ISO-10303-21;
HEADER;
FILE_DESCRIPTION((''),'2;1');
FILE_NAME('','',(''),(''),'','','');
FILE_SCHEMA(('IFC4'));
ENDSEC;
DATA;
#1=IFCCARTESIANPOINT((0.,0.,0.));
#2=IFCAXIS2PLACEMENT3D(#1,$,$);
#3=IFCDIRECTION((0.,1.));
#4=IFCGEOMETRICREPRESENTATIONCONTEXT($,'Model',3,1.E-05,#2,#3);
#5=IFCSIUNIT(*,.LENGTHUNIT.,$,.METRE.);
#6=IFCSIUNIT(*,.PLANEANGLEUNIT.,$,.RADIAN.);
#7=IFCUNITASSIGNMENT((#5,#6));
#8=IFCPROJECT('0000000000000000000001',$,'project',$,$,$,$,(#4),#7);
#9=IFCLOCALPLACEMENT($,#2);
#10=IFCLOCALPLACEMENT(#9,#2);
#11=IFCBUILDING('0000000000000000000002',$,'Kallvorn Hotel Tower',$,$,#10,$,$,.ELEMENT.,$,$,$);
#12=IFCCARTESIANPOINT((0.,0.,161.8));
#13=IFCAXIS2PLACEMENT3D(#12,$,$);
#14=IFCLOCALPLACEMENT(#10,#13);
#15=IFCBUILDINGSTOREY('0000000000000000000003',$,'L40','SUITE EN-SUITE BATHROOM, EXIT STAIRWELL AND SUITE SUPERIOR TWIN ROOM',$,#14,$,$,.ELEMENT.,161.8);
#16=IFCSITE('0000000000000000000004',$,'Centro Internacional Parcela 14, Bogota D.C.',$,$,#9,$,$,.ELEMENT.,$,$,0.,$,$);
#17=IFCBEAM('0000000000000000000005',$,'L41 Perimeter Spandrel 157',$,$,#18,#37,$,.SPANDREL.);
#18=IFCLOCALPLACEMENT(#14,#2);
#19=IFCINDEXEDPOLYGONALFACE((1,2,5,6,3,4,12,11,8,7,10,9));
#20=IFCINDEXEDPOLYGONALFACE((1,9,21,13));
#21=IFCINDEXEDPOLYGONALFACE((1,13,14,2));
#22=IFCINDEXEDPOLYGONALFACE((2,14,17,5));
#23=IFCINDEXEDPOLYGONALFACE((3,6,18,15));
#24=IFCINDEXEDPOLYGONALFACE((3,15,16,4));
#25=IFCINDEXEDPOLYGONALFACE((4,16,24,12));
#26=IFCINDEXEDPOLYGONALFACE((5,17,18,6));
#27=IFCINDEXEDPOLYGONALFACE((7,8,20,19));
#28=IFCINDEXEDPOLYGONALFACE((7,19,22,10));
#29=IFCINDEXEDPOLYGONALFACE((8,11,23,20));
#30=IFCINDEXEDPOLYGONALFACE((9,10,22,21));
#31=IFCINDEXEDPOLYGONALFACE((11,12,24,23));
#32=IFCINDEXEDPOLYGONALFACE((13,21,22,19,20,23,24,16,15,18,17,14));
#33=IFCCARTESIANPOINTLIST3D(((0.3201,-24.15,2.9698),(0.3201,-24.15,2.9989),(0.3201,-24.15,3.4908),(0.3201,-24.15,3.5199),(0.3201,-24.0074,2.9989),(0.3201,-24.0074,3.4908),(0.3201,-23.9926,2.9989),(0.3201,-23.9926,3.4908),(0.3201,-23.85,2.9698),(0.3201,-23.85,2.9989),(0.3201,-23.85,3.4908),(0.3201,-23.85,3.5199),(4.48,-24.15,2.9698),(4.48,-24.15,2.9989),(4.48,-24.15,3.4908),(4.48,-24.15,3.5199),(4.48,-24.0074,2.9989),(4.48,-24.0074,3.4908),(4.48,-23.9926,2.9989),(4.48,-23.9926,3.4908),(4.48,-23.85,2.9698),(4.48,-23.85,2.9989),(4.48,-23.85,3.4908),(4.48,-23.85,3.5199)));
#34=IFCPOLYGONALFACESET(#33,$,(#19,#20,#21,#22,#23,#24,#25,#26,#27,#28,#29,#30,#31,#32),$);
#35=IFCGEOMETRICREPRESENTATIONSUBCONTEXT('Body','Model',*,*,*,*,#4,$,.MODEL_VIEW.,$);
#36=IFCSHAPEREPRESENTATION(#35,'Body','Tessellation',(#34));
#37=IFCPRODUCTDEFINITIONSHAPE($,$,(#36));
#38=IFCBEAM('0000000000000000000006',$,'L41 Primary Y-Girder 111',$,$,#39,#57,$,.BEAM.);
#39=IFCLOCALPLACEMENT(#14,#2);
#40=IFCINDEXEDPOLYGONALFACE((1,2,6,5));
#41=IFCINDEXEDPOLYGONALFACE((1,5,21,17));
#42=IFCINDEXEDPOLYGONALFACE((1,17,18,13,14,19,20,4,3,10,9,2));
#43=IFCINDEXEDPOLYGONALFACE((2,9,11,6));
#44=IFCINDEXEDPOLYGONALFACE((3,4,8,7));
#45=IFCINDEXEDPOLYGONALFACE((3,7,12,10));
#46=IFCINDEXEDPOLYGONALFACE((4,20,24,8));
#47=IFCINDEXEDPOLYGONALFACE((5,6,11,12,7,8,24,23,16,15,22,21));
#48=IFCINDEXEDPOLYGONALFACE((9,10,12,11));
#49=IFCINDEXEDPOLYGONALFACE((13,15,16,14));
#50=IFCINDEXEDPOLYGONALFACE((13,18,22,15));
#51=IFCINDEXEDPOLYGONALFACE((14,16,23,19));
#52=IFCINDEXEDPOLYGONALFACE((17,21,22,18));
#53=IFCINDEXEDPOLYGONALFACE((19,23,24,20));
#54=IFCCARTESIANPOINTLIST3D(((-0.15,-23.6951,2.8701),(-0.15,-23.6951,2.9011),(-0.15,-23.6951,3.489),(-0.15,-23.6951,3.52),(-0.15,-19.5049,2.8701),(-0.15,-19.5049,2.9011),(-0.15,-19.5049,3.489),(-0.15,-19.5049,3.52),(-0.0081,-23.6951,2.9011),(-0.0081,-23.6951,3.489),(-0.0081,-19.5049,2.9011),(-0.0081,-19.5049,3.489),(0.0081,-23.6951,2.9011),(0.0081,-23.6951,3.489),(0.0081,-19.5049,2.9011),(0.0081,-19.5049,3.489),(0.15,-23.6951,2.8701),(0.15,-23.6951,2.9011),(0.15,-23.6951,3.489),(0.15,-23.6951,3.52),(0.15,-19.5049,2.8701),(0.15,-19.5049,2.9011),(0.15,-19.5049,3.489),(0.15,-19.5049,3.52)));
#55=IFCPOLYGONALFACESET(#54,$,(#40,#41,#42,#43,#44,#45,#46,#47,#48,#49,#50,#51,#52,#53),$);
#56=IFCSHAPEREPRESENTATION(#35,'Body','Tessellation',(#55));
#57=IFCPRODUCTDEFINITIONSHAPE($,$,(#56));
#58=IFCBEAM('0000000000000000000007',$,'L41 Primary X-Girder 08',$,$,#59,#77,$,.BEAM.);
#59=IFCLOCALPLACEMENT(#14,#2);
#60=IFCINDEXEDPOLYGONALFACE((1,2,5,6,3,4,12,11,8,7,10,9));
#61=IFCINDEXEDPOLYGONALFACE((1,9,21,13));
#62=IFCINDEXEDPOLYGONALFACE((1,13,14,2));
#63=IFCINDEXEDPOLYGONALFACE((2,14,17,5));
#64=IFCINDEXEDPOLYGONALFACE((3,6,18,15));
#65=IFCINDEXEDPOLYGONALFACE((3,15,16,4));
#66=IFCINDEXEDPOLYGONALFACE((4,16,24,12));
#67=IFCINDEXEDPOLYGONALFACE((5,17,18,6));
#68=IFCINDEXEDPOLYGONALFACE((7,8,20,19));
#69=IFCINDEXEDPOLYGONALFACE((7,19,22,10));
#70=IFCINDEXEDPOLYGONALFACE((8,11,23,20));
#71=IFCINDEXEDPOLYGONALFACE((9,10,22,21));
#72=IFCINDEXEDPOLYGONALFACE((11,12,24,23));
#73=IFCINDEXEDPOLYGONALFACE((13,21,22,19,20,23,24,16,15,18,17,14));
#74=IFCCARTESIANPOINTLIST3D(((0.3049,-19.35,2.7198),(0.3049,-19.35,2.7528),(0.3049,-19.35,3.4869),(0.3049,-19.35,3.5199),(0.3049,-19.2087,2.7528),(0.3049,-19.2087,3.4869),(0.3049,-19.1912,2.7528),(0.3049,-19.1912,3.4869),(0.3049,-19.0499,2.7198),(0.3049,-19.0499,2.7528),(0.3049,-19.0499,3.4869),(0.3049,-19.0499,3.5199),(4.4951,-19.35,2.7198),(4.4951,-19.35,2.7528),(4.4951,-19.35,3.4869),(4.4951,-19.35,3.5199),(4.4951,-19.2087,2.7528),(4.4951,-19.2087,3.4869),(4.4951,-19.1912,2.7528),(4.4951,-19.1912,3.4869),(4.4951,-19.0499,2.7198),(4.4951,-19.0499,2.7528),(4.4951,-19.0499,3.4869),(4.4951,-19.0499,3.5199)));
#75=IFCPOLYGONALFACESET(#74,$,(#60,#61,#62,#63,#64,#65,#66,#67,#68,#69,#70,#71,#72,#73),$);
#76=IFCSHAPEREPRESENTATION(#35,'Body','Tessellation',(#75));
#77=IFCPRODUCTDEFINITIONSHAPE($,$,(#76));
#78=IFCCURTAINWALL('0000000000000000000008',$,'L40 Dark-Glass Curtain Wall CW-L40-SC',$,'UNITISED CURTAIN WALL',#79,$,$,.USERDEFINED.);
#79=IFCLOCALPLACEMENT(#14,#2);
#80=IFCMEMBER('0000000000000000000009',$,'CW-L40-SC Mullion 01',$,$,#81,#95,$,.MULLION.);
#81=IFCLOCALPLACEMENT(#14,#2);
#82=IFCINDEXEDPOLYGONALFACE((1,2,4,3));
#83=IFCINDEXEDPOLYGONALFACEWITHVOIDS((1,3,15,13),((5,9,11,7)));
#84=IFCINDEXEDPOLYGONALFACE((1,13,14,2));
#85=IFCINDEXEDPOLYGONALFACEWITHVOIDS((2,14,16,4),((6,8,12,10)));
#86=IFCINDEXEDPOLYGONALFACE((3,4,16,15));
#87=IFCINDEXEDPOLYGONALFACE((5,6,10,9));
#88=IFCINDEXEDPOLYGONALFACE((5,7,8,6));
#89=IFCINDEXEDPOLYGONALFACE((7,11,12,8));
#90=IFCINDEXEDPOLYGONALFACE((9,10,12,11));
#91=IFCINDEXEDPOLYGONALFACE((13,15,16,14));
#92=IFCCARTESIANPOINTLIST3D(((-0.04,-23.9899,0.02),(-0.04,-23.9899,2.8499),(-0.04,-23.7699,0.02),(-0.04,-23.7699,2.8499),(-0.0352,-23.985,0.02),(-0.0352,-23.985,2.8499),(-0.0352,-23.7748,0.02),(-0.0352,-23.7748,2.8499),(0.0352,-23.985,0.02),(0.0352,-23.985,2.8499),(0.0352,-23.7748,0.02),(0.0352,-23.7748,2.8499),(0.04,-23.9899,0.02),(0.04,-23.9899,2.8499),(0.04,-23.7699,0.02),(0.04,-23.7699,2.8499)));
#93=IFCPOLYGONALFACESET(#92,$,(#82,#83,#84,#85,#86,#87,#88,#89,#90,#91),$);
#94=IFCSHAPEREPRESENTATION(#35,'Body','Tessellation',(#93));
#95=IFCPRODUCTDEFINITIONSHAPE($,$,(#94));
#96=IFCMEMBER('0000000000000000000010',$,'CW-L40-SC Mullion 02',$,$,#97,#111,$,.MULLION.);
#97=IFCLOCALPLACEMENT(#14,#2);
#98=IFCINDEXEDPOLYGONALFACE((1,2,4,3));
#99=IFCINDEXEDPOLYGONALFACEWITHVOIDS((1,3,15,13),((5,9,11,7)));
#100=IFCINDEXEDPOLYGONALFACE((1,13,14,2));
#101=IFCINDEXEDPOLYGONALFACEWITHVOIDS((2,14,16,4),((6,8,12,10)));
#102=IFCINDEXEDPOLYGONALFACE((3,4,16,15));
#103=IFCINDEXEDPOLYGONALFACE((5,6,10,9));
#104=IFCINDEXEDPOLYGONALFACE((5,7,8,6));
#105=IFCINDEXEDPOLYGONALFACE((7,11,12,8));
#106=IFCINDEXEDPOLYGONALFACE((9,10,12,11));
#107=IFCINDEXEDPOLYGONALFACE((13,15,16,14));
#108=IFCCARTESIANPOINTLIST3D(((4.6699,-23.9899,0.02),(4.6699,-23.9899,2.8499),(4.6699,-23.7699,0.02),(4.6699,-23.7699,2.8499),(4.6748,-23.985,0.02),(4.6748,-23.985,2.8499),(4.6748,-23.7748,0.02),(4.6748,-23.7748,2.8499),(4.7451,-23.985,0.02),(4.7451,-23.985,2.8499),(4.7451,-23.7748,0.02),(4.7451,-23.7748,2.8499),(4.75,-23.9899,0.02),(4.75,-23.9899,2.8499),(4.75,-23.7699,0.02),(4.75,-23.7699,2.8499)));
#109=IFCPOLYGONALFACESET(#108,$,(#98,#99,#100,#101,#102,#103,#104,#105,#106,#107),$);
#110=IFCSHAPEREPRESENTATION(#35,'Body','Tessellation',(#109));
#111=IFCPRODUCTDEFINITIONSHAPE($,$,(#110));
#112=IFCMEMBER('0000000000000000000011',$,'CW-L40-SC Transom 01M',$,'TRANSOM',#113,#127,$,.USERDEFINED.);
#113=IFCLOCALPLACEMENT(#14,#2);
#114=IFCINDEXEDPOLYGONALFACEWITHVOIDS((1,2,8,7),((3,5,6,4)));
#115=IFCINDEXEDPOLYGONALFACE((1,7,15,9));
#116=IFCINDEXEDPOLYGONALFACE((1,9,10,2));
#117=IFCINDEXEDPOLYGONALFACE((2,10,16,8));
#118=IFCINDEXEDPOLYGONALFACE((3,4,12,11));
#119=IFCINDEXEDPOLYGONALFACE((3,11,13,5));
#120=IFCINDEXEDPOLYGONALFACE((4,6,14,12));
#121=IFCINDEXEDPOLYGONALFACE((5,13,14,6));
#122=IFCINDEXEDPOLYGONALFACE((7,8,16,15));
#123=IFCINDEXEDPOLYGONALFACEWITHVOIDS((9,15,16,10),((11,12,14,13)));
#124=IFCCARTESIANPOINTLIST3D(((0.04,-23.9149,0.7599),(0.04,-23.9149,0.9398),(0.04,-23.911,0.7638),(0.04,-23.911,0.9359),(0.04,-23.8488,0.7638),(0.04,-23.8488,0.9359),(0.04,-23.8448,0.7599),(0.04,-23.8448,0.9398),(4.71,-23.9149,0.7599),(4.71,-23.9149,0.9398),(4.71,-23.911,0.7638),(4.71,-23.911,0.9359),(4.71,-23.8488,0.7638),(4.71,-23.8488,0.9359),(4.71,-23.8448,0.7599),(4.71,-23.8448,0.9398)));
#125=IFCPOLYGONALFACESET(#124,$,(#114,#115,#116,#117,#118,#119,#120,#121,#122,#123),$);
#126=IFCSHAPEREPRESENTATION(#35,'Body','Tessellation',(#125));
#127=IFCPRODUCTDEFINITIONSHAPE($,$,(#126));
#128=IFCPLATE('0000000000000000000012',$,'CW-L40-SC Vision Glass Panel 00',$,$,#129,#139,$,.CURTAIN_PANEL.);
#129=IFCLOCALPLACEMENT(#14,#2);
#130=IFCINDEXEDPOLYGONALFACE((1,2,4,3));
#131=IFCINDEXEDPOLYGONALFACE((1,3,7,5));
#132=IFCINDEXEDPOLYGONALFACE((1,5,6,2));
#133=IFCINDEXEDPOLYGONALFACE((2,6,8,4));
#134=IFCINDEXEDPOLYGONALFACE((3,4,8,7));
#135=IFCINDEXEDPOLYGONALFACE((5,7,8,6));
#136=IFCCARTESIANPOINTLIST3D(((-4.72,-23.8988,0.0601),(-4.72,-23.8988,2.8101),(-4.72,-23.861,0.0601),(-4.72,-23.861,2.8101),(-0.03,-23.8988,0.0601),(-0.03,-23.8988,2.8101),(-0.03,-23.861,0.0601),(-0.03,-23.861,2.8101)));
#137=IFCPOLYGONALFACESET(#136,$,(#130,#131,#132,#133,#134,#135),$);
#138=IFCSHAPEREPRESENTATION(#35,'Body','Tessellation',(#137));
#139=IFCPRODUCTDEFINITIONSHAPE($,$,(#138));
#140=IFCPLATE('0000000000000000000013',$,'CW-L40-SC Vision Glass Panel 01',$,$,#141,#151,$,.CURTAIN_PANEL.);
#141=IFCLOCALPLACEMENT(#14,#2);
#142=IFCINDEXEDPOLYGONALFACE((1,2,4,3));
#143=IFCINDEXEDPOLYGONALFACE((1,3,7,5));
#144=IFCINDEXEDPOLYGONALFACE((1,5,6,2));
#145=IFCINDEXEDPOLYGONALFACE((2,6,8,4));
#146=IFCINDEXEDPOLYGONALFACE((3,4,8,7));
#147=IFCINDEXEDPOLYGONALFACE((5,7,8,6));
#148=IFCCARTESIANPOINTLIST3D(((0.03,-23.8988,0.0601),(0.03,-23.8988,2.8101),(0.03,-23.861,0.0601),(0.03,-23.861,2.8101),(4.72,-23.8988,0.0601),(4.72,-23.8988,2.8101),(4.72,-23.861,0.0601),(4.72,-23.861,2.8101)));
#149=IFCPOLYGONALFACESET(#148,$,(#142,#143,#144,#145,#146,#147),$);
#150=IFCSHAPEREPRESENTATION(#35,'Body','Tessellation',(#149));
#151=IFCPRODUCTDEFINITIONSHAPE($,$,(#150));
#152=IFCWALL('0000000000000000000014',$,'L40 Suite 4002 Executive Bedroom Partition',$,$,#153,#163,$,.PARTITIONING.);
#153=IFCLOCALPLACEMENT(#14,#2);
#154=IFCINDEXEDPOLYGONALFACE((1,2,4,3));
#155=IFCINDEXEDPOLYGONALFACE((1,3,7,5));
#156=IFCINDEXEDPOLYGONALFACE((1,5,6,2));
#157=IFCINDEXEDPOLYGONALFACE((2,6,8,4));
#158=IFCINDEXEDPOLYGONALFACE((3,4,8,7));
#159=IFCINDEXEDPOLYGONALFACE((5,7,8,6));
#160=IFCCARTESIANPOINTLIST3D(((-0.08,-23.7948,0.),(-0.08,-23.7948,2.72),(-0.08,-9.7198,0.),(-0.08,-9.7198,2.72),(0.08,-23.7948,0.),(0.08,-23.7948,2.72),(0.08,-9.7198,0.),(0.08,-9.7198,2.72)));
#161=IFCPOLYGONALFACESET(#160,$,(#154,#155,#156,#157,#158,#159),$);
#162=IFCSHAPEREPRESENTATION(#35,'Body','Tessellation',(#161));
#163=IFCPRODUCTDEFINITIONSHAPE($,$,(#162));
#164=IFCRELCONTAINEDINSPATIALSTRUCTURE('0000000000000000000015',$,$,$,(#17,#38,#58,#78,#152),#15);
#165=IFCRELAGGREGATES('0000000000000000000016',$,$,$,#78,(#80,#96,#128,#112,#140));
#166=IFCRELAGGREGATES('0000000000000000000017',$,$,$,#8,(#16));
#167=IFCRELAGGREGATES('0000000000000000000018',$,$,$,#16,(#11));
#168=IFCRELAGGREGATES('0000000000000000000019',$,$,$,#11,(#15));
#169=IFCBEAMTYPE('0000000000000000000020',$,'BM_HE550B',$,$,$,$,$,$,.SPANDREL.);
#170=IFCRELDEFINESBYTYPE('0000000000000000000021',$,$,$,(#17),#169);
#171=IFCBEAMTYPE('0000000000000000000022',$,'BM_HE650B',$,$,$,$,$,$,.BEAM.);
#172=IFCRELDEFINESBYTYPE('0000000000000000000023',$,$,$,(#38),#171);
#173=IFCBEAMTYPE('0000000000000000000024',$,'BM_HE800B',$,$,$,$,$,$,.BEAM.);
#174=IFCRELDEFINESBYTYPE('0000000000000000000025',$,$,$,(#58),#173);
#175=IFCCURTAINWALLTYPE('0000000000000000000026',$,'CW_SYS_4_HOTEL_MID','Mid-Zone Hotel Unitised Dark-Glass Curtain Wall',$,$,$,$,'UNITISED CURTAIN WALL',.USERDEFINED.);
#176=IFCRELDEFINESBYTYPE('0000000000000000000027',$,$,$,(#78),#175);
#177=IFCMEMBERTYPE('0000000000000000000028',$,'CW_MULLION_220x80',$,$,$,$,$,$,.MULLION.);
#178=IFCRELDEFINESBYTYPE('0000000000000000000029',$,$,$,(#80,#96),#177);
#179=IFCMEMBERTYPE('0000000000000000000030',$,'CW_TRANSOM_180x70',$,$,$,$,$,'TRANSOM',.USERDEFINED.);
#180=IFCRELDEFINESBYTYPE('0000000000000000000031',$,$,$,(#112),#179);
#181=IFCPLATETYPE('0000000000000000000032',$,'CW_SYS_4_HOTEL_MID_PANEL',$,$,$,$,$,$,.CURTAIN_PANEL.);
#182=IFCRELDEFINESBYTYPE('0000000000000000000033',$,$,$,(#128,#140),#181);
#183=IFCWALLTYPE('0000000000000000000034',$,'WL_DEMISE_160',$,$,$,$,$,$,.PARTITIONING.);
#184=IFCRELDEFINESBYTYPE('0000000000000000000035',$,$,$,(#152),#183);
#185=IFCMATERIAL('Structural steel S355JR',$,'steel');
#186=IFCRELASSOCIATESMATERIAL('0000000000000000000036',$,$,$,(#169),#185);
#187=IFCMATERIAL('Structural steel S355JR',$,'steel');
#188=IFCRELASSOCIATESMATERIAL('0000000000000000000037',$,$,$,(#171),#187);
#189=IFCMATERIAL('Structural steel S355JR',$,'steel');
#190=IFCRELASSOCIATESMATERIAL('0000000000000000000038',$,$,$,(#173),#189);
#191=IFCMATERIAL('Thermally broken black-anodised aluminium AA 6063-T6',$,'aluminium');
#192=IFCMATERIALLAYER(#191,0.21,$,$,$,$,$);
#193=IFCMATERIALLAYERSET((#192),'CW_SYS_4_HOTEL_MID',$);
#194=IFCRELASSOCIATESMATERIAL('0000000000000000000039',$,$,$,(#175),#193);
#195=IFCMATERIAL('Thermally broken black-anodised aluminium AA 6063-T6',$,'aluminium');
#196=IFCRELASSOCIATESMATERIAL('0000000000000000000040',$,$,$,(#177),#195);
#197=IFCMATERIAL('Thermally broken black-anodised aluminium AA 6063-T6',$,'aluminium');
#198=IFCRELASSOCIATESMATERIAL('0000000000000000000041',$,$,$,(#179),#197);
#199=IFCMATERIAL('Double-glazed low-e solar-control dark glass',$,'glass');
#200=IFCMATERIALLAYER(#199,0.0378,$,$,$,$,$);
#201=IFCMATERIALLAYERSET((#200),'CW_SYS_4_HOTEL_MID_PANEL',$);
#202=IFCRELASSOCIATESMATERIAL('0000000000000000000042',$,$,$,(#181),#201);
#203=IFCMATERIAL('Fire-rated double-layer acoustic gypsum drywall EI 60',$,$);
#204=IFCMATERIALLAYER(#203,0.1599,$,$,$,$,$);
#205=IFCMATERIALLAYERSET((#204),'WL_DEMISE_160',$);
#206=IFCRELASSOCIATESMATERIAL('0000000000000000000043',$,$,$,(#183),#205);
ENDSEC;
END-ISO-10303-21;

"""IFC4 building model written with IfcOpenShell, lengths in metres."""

from ifc_helpers import new_model, si_unit, direction, frame, frame_2d, origin, origin_2d, place, context, subcontext, project, spatial, rectangle, hollow_rectangle, i_section, extrude, material, layer, layer_set, material_profile, profile_set, type_object, element, aggregate, save


model = new_model("IFC4")

# Units and contexts
model_context = context("Model", 3, precision=1e-05, world=origin(), true_north=direction((0.0, 1.0)))
body_context = subcontext(model_context, "Body", "Model", "MODEL_VIEW")
ifc_project = project(units=[si_unit("LENGTHUNIT", "METRE"), si_unit("PLANEANGLEUNIT", "RADIAN")], contexts=[model_context])

# Site, building, storey
site_placement = place(None, origin())
site = spatial("IfcSite", under=ifc_project, at=site_placement, Name="Centro Internacional Parcela 14, Bogota D.C.", CompositionType="ELEMENT", RefElevation=0.0)
building_placement = place(site_placement, origin())
building = spatial("IfcBuilding", under=site, at=building_placement, Name="Kallvorn Hotel Tower", CompositionType="ELEMENT")
storey_placement = place(building_placement, frame((0.0, 0.0, 161.8)))
storey = spatial("IfcBuildingStorey", under=building, at=storey_placement, Name="L40", Description="SUITE EN-SUITE BATHROOM, EXIT STAIRWELL AND SUITE SUPERIOR TWIN ROOM", CompositionType="ELEMENT", Elevation=161.8)

# Beams
ifc_material_1 = material(Name="Structural steel S355JR", Category="steel")
ifc_material_profile_1 = material_profile(ifc_material_1, i_section(OverallWidth=0.3, OverallDepth=0.55, WebThickness=0.0149, FlangeThickness=0.0291, at=origin_2d()), Name="HE 550 B")
ifc_profile_set_1 = profile_set([ifc_material_profile_1], Name="Structural steel S355JR")
beam_type_1 = type_object("IfcBeamType", Name="BM_HE550B", PredefinedType="SPANDREL", material=ifc_profile_set_1)
beam_1_placement = place(storey_placement, frame((0.3201, -24.0, 3.2449), z_axis=(1.0, 0.0, 0.0), x_axis=(0.0, 1.0, 0.0)))
element("IfcBeam", 1, at=beam_1_placement, inside=storey, type_object=beam_type_1, Name="L41 Perimeter Spandrel 157", PredefinedType="SPANDREL", context=body_context, shape_type="SweptSolid", body=[
    extrude(i_section(OverallWidth=0.3, OverallDepth=0.55, WebThickness=0.0149, FlangeThickness=0.0291, at=origin_2d()), origin(), (0.0, 0.0, 1.0), 4.1599),
])
ifc_material_2 = material(Name="Structural steel S355JR", Category="steel")
ifc_material_profile_2 = material_profile(ifc_material_2, i_section(OverallWidth=0.3, OverallDepth=0.6499, WebThickness=0.0161, FlangeThickness=0.031, at=origin_2d()), Name="HE 650 B")
ifc_profile_set_2 = profile_set([ifc_material_profile_2], Name="Structural steel S355JR")
beam_type_2 = type_object("IfcBeamType", Name="BM_HE650B", PredefinedType="BEAM", material=ifc_profile_set_2)
beam_2_placement = place(storey_placement, frame((0.0, -23.6951, 3.1951), z_axis=(0.0, 1.0, 0.0), x_axis=(-1.0, 0.0, 0.0)))
element("IfcBeam", 2, at=beam_2_placement, inside=storey, type_object=beam_type_2, Name="L41 Primary Y-Girder 111", PredefinedType="BEAM", context=body_context, shape_type="SweptSolid", body=[
    extrude(i_section(OverallWidth=0.3, OverallDepth=0.6499, WebThickness=0.0161, FlangeThickness=0.031, at=origin_2d()), origin(), (0.0, 0.0, 1.0), 4.1902),
])
ifc_material_3 = material(Name="Structural steel S355JR", Category="steel")
ifc_material_profile_3 = material_profile(ifc_material_3, i_section(OverallWidth=0.3, OverallDepth=0.8, WebThickness=0.0176, FlangeThickness=0.033, at=origin_2d()), Name="HE 800 B")
ifc_profile_set_3 = profile_set([ifc_material_profile_3], Name="Structural steel S355JR")
beam_type_3 = type_object("IfcBeamType", Name="BM_HE800B", PredefinedType="BEAM", material=ifc_profile_set_3)
beam_3_placement = place(storey_placement, frame((0.3049, -19.2, 3.1199), z_axis=(1.0, 0.0, 0.0), x_axis=(0.0, 1.0, 0.0)))
element("IfcBeam", 3, at=beam_3_placement, inside=storey, type_object=beam_type_3, Name="L41 Primary X-Girder 08", PredefinedType="BEAM", context=body_context, shape_type="SweptSolid", body=[
    extrude(i_section(OverallWidth=0.3, OverallDepth=0.8, WebThickness=0.0176, FlangeThickness=0.033, at=origin_2d()), origin(), (0.0, 0.0, 1.0), 4.1902),
])

# Curtain wall, members, plates
ifc_material_4 = material(Name="Thermally broken black-anodised aluminium AA 6063-T6", Category="aluminium")
ifc_layer_1 = layer(ifc_material_4, 0.21)
ifc_layer_set_1 = layer_set([ifc_layer_1], Name="CW_SYS_4_HOTEL_MID")
curtain_wall_type = type_object("IfcCurtainWallType", Name="CW_SYS_4_HOTEL_MID", Description="Mid-Zone Hotel Unitised Dark-Glass Curtain Wall", ElementType="UNITISED CURTAIN WALL", PredefinedType="USERDEFINED", material=ifc_layer_set_1)
curtain_wall_placement = place(storey_placement, origin())
curtain_wall = element("IfcCurtainWall", 4, at=curtain_wall_placement, inside=storey, type_object=curtain_wall_type, Name="L40 Dark-Glass Curtain Wall CW-L40-SC", ObjectType="UNITISED CURTAIN WALL", PredefinedType="USERDEFINED")
ifc_material_5 = material(Name="Thermally broken black-anodised aluminium AA 6063-T6", Category="aluminium")
ifc_material_profile_4 = material_profile(ifc_material_5, hollow_rectangle(XDim=0.0801, YDim=0.22, WallThickness=0.0049, at=origin_2d()), Name="MUL 220x80")
ifc_profile_set_4 = profile_set([ifc_material_profile_4], Name="Thermally broken black-anodised aluminium AA 6063-T6")
member_type_1 = type_object("IfcMemberType", Name="CW_MULLION_220x80", PredefinedType="MULLION", material=ifc_profile_set_4)
member_1_placement = place(storey_placement, frame((0.0, -23.8799, 0.02), z_axis=(0.0, 0.0, 1.0), x_axis=(1.0, 0.0, 0.0)))
member_1 = element("IfcMember", 5, at=member_1_placement, type_object=member_type_1, Name="CW-L40-SC Mullion 01", PredefinedType="MULLION", context=body_context, shape_type="SweptSolid", body=[
    extrude(hollow_rectangle(XDim=0.0801, YDim=0.22, WallThickness=0.0049, at=origin_2d()), origin(), (0.0, 0.0, 1.0), 2.8298),
])
member_2_placement = place(storey_placement, frame((4.71, -23.8799, 0.02), z_axis=(0.0, 0.0, 1.0), x_axis=(1.0, 0.0, 0.0)))
member_2 = element("IfcMember", 6, at=member_2_placement, type_object=member_type_1, Name="CW-L40-SC Mullion 02", PredefinedType="MULLION", context=body_context, shape_type="SweptSolid", body=[
    extrude(hollow_rectangle(XDim=0.0801, YDim=0.22, WallThickness=0.0049, at=origin_2d()), origin(), (0.0, 0.0, 1.0), 2.8298),
])
ifc_material_6 = material(Name="Thermally broken black-anodised aluminium AA 6063-T6", Category="aluminium")
ifc_material_profile_5 = material_profile(ifc_material_6, hollow_rectangle(XDim=0.0701, YDim=0.1799, WallThickness=0.0039, at=origin_2d()), Name="TRN 180x70")
ifc_profile_set_5 = profile_set([ifc_material_profile_5], Name="Thermally broken black-anodised aluminium AA 6063-T6")
member_type_2 = type_object("IfcMemberType", Name="CW_TRANSOM_180x70", ElementType="TRANSOM", PredefinedType="USERDEFINED", material=ifc_profile_set_5)
member_3_placement = place(storey_placement, frame((0.04, -23.8799, 0.8499), z_axis=(1.0, 0.0, 0.0), x_axis=(0.0, 1.0, 0.0)))
member_3 = element("IfcMember", 7, at=member_3_placement, type_object=member_type_2, Name="CW-L40-SC Transom 01M", ObjectType="TRANSOM", PredefinedType="USERDEFINED", context=body_context, shape_type="SweptSolid", body=[
    extrude(hollow_rectangle(XDim=0.0701, YDim=0.1799, WallThickness=0.0039, at=origin_2d()), origin(), (0.0, 0.0, 1.0), 4.6699),
])
ifc_material_7 = material(Name="Double-glazed low-e solar-control dark glass", Category="glass")
ifc_layer_2 = layer(ifc_material_7, 0.0378)
ifc_layer_set_2 = layer_set([ifc_layer_2], Name="CW_SYS_4_HOTEL_MID_PANEL")
plate_type = type_object("IfcPlateType", Name="CW_SYS_4_HOTEL_MID_PANEL", PredefinedType="CURTAIN_PANEL", material=ifc_layer_set_2)
plate_1_placement = place(storey_placement, frame((-2.375, -23.8799, 0.0601), z_axis=(0.0, 0.0, 1.0), x_axis=(1.0, 0.0, 0.0)))
plate_1 = element("IfcPlate", 8, at=plate_1_placement, type_object=plate_type, Name="CW-L40-SC Vision Glass Panel 00", PredefinedType="CURTAIN_PANEL", context=body_context, shape_type="SweptSolid", body=[
    extrude(rectangle(XDim=4.6899, YDim=0.0378, at=origin_2d()), origin(), (0.0, 0.0, 1.0), 2.75),
])
plate_2_placement = place(storey_placement, frame((2.375, -23.8799, 0.0601), z_axis=(0.0, 0.0, 1.0), x_axis=(1.0, 0.0, 0.0)))
plate_2 = element("IfcPlate", 9, at=plate_2_placement, type_object=plate_type, Name="CW-L40-SC Vision Glass Panel 01", PredefinedType="CURTAIN_PANEL", context=body_context, shape_type="SweptSolid", body=[
    extrude(rectangle(XDim=4.6899, YDim=0.0378, at=origin_2d()), origin(), (0.0, 0.0, 1.0), 2.75),
])
aggregate(curtain_wall, [member_1, member_2, plate_1, member_3, plate_2])

# Wall
ifc_material_8 = material(Name="Fire-rated double-layer acoustic gypsum drywall EI 60")
ifc_layer_3 = layer(ifc_material_8, 0.1599)
ifc_layer_set_3 = layer_set([ifc_layer_3], Name="WL_DEMISE_160")
wall_type_1 = type_object("IfcWallType", Name="WL_DEMISE_160", PredefinedType="PARTITIONING", material=ifc_layer_set_3)
wall_1_placement = place(storey_placement, frame((0.0, -23.7949, 0.0), z_axis=(0.0, 0.0, 1.0), x_axis=(0.0, 1.0, 0.0)))
element("IfcWall", 10, at=wall_1_placement, inside=storey, type_object=wall_type_1, Name="L40 Suite 4002 Executive Bedroom Partition", PredefinedType="PARTITIONING", context=body_context, shape_type="SweptSolid", body=[
    extrude(rectangle(XDim=14.075, YDim=0.1599, at=frame_2d((7.0376, 0.0))), origin(), (0.0, 0.0, 1.0), 2.72),
])

save(model, "model.ifc")
